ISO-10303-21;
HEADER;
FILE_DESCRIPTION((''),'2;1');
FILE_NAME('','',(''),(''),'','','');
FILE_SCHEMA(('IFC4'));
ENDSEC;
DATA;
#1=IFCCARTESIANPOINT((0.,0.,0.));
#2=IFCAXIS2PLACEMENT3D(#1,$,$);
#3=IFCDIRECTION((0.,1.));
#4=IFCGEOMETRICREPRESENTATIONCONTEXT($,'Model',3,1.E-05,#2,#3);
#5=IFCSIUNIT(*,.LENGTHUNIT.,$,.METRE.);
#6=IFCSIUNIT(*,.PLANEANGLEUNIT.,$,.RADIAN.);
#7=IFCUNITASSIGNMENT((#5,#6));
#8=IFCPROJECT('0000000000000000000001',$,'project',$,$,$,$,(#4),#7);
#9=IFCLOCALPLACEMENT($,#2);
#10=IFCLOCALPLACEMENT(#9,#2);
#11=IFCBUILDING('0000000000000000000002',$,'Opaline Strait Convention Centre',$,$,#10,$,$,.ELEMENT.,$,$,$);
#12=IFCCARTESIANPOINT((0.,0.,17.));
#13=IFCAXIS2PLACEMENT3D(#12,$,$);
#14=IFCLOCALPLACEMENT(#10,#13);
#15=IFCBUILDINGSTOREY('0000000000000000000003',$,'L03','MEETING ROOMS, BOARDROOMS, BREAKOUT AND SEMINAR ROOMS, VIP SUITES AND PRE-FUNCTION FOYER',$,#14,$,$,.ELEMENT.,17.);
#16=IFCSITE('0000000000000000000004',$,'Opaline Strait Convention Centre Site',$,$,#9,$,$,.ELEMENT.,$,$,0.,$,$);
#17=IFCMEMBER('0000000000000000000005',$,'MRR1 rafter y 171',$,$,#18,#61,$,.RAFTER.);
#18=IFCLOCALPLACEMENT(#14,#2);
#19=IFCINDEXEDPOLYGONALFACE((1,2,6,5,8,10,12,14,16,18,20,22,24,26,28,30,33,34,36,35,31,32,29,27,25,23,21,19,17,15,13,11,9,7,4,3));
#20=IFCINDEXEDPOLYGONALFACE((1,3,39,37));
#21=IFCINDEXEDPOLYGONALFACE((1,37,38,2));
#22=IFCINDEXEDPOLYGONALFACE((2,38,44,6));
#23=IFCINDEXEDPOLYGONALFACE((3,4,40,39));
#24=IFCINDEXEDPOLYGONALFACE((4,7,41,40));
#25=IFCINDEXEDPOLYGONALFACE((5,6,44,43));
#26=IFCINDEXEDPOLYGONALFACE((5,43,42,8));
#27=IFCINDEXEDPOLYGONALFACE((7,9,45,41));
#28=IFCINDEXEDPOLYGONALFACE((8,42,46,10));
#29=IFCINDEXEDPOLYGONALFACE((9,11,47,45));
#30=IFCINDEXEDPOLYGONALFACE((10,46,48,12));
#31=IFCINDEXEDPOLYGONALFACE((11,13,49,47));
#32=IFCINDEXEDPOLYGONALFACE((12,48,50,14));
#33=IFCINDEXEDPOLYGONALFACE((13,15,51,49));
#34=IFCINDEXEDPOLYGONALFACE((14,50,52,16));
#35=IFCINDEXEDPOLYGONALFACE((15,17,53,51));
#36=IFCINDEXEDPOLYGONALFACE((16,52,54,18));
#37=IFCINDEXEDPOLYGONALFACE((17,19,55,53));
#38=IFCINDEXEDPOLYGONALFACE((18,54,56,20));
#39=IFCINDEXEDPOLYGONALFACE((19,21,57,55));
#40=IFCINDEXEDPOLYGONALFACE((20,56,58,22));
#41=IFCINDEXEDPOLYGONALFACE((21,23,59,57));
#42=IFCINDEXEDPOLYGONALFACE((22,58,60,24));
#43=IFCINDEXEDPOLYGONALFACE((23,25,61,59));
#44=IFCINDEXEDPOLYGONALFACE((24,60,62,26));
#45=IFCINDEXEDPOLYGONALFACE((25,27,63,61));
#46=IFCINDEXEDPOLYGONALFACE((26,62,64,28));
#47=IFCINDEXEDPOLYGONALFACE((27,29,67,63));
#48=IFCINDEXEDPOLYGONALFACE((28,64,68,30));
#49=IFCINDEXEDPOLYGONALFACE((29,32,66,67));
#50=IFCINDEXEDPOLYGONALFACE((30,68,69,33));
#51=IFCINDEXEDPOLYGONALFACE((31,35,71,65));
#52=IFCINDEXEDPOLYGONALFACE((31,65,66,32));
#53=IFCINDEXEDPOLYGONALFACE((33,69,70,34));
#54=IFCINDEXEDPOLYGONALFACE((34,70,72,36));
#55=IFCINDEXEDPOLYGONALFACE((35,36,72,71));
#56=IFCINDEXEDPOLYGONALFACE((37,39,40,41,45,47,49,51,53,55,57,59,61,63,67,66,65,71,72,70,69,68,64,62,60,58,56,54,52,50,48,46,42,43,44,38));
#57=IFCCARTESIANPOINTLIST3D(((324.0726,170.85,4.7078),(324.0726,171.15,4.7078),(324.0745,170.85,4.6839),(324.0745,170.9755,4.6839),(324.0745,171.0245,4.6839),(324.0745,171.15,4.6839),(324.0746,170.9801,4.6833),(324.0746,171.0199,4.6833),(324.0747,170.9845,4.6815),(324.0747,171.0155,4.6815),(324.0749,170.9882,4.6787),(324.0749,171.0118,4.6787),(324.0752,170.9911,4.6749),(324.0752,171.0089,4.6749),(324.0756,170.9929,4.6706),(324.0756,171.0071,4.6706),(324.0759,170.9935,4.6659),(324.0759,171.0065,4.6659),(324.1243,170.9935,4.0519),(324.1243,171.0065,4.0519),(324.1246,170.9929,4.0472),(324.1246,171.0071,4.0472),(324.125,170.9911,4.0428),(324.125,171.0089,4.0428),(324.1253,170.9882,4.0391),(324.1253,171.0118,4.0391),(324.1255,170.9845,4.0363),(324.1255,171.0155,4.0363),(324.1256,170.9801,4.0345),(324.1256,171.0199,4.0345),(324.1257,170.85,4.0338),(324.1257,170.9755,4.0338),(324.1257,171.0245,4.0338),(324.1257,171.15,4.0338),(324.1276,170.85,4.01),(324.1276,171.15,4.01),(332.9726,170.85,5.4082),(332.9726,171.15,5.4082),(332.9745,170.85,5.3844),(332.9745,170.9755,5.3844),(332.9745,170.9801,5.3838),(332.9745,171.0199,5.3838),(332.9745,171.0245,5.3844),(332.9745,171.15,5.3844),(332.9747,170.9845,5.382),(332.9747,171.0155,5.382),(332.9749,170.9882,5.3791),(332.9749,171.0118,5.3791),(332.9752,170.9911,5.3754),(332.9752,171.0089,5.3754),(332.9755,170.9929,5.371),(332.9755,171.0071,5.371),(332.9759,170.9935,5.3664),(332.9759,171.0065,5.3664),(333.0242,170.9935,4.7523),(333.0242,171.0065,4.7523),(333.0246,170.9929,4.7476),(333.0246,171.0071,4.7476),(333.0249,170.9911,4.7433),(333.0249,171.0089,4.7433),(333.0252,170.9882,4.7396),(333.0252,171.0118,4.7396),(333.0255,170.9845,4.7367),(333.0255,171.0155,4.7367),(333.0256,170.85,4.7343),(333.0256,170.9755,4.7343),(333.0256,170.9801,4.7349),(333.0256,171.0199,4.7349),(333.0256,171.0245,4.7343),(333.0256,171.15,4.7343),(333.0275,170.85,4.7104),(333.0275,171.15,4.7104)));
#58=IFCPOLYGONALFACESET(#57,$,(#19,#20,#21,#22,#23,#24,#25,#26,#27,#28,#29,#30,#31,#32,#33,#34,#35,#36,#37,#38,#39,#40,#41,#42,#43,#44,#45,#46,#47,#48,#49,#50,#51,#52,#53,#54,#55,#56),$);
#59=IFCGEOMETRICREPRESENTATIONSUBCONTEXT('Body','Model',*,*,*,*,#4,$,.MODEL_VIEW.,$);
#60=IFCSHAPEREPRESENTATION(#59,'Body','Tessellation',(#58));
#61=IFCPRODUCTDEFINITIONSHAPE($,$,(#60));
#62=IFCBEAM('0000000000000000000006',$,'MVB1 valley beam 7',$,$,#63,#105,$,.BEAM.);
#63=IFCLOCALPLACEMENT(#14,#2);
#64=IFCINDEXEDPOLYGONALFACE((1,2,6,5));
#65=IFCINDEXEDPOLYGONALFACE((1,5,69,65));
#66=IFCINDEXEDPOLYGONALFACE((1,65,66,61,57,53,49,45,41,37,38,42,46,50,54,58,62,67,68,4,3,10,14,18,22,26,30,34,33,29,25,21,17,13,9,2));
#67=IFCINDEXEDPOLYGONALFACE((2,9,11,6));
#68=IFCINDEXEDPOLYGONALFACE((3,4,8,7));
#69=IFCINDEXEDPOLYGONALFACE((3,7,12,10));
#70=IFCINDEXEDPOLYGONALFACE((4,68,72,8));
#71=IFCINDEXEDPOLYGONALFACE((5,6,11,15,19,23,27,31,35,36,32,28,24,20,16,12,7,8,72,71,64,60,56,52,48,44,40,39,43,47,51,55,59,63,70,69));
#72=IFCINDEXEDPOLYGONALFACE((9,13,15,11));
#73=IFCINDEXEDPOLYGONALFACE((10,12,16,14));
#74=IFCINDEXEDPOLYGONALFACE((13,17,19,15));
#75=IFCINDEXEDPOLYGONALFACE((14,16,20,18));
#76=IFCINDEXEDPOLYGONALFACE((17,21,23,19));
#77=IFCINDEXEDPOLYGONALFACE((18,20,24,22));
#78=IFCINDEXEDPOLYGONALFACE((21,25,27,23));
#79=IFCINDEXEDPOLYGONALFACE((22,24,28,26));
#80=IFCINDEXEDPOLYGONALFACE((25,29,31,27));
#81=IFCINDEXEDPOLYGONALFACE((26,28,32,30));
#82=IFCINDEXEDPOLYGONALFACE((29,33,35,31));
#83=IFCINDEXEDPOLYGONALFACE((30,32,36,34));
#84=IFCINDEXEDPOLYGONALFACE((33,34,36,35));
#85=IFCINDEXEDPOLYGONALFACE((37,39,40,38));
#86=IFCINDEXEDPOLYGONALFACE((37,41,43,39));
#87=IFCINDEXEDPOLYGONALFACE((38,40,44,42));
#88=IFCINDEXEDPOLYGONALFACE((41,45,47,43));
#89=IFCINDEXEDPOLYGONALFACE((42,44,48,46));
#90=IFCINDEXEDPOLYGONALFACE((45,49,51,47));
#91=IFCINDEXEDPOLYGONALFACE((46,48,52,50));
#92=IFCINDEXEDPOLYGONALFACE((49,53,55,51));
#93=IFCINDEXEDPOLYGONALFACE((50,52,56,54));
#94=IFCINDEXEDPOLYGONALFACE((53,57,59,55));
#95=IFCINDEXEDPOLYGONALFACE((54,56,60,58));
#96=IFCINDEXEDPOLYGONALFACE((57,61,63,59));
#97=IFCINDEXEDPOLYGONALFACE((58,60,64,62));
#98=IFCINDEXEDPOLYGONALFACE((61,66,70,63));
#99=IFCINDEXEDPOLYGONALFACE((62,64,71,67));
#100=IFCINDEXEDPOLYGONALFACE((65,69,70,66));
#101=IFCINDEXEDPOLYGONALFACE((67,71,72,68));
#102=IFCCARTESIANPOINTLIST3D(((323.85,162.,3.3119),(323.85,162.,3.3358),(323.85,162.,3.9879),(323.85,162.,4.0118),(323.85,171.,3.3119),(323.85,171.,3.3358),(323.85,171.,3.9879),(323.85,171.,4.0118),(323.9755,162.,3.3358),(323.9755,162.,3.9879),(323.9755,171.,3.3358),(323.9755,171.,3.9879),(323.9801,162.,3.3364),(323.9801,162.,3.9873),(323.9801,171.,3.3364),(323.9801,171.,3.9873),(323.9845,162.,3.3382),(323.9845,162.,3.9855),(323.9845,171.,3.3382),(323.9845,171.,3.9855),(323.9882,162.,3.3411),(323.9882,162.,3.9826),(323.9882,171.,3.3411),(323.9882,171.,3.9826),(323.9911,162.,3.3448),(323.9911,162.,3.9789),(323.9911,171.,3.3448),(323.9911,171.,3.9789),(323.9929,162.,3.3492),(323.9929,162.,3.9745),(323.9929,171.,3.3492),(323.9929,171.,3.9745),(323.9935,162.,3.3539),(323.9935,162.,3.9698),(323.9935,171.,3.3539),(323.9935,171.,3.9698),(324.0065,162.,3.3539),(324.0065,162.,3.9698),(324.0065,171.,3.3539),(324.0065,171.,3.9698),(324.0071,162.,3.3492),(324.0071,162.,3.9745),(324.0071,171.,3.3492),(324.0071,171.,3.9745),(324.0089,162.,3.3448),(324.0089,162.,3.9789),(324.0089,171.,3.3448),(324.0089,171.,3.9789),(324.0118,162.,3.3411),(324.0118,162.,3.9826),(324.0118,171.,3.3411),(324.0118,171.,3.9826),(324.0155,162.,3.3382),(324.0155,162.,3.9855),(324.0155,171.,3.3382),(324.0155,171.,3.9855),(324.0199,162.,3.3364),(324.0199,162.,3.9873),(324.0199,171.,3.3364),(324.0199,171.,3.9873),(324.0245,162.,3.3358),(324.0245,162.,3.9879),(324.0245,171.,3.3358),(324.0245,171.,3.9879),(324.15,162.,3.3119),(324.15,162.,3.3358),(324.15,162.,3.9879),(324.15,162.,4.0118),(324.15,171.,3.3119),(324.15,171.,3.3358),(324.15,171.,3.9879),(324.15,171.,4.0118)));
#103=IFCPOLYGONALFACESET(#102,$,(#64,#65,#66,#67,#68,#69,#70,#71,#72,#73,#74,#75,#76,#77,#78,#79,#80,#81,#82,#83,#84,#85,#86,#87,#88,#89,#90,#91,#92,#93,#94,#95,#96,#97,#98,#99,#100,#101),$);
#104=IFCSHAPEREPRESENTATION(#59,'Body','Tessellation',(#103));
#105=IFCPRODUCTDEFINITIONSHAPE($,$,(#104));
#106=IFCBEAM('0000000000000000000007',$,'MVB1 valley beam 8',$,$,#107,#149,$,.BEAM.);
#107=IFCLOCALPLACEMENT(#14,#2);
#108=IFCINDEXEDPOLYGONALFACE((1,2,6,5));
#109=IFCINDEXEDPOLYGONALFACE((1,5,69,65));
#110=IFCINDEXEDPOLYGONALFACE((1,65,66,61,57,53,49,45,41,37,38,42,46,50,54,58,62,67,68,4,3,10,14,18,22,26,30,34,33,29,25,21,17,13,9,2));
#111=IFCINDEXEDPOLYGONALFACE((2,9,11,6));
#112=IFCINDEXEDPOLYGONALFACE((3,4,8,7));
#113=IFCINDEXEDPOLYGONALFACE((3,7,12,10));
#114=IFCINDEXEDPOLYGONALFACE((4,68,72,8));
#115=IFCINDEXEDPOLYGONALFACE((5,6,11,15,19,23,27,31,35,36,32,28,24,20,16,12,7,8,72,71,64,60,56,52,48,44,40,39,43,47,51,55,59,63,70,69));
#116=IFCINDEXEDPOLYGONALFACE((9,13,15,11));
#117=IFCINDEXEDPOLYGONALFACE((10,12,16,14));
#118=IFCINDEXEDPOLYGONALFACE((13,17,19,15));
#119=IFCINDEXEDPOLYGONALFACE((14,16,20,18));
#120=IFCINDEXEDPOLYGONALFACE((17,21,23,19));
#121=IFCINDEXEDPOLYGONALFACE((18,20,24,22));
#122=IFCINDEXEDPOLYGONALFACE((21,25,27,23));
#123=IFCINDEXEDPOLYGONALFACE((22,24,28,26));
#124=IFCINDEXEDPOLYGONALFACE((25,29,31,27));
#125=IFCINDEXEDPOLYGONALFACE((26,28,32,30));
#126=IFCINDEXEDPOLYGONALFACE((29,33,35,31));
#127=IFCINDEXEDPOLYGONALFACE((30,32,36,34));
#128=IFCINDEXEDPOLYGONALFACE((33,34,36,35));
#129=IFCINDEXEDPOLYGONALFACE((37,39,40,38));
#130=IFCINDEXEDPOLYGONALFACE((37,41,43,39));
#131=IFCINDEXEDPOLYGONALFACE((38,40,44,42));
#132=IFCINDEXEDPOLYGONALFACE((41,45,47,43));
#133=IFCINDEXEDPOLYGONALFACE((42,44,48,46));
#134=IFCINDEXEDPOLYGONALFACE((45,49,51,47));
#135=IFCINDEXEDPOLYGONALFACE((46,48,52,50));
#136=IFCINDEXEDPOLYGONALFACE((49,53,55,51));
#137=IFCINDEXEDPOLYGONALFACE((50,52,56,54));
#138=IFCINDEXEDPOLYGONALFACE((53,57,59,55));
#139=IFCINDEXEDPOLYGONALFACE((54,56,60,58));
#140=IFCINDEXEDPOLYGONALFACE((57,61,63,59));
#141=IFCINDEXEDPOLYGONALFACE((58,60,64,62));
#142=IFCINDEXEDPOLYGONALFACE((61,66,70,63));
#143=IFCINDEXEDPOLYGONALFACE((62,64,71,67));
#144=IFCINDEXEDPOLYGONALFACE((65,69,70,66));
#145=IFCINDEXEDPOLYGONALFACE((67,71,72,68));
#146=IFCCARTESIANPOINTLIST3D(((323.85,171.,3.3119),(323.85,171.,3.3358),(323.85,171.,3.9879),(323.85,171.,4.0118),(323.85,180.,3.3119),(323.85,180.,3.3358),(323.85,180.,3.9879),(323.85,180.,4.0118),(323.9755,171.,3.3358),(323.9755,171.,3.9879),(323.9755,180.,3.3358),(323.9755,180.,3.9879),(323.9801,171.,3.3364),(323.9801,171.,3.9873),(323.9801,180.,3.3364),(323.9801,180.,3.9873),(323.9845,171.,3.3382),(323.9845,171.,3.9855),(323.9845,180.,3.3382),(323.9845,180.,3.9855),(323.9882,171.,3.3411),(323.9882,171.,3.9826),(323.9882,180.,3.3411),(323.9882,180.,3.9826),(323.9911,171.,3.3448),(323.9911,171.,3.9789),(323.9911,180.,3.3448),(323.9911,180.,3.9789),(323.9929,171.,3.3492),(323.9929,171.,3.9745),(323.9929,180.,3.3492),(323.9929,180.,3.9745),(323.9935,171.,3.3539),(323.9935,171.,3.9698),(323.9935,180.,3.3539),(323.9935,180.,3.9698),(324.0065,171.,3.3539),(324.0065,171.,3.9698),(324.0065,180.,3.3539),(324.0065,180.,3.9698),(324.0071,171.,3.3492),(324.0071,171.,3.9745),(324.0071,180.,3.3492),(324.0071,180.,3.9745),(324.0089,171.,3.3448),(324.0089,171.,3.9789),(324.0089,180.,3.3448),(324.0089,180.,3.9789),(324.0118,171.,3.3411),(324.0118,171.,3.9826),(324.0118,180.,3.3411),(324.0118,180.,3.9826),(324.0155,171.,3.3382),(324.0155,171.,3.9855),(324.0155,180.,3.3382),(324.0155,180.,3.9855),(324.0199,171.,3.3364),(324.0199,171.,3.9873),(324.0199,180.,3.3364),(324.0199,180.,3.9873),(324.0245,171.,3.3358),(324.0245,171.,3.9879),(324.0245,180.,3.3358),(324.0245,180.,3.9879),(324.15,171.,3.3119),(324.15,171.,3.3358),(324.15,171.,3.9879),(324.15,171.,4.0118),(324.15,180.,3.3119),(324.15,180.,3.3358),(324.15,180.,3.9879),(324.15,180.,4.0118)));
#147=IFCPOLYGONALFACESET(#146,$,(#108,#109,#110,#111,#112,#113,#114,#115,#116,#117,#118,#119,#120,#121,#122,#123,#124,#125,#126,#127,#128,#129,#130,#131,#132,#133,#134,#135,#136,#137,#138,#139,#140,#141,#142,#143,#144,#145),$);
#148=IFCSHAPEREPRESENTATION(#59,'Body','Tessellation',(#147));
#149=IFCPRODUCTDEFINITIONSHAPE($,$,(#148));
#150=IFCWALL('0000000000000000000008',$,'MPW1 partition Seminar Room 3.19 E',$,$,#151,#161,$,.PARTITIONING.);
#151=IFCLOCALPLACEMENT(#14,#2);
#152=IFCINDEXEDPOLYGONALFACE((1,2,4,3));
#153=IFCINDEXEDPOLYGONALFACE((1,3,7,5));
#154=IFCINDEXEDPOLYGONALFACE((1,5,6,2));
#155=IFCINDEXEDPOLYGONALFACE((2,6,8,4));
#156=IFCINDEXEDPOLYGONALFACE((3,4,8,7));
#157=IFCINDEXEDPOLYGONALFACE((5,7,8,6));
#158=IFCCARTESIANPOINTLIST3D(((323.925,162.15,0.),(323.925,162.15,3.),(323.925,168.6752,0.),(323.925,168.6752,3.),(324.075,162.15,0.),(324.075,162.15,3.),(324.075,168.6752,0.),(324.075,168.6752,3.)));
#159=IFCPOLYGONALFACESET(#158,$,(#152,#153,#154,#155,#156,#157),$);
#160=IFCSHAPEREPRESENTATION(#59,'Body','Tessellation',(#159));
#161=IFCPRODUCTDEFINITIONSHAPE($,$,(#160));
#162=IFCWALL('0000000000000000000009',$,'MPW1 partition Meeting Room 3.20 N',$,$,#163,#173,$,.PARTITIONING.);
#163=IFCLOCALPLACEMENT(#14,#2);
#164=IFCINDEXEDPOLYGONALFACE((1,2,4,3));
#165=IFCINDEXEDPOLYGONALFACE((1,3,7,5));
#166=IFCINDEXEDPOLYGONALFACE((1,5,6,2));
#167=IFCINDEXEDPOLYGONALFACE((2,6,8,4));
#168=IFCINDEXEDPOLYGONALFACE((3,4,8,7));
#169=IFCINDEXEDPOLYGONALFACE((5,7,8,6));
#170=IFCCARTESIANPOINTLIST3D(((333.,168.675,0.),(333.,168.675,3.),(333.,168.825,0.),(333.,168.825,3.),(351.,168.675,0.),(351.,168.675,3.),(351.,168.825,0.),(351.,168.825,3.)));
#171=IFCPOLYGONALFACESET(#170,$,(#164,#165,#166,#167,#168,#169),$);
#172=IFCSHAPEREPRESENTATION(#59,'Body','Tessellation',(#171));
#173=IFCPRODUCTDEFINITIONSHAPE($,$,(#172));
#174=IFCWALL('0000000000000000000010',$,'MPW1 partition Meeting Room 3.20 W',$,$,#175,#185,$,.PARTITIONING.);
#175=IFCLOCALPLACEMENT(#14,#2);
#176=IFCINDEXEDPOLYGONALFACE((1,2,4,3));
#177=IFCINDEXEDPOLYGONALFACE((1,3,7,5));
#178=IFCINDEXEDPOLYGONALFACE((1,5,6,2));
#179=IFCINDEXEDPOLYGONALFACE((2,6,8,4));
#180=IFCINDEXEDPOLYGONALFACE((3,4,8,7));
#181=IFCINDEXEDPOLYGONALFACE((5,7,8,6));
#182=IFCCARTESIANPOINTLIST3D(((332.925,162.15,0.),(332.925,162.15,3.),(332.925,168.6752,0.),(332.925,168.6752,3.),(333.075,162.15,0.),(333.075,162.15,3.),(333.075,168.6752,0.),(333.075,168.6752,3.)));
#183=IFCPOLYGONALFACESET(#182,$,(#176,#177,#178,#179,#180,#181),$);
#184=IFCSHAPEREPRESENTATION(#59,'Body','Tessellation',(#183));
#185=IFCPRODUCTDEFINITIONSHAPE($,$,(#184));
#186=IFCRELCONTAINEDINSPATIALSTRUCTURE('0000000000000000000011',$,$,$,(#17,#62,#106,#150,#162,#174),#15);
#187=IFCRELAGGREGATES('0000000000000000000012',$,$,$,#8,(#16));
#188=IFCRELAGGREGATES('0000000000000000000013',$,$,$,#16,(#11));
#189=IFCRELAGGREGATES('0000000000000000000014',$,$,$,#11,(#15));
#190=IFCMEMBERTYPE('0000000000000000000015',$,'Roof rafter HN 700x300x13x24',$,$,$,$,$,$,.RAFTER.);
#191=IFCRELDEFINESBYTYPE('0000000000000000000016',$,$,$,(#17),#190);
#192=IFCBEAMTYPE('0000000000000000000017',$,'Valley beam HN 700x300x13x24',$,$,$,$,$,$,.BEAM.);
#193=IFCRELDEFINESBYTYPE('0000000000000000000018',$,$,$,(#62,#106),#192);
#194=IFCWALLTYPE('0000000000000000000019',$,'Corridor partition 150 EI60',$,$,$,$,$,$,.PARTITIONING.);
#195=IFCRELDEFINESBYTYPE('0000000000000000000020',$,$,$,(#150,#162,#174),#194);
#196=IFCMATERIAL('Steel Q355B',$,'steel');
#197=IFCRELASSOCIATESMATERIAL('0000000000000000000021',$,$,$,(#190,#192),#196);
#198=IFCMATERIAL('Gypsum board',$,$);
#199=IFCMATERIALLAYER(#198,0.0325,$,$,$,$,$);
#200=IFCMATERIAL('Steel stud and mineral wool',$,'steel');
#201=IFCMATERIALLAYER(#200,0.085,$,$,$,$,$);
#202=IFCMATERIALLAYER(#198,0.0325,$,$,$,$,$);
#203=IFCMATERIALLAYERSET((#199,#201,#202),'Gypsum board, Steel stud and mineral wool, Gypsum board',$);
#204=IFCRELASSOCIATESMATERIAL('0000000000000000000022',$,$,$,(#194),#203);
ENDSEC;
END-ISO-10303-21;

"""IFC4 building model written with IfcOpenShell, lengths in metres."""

from ifc_helpers import new_model, si_unit, direction, frame, frame_2d, origin, origin_2d, place, context, subcontext, project, spatial, rectangle, i_section, extrude, material, layer, layer_set, material_profile, profile_set, type_object, element, save


model = new_model("IFC4")

# Units and contexts
model_context = context("Model", 3, precision=1e-05, world=origin(), true_north=direction((0.0, 1.0)))
body_context = subcontext(model_context, "Body", "Model", "MODEL_VIEW")
ifc_project = project(units=[si_unit("LENGTHUNIT", "METRE"), si_unit("PLANEANGLEUNIT", "RADIAN")], contexts=[model_context])

# Site, building, storey
site_placement = place(None, origin())
site = spatial("IfcSite", under=ifc_project, at=site_placement, Name="Opaline Strait Convention Centre Site", CompositionType="ELEMENT", RefElevation=0.0)
building_placement = place(site_placement, origin())
building = spatial("IfcBuilding", under=site, at=building_placement, Name="Opaline Strait Convention Centre", CompositionType="ELEMENT")
storey_placement = place(building_placement, frame((0.0, 0.0, 17.0)))
storey = spatial("IfcBuildingStorey", under=building, at=storey_placement, Name="L03", Description="MEETING ROOMS, BOARDROOMS, BREAKOUT AND SEMINAR ROOMS, VIP SUITES AND PRE-FUNCTION FOYER", CompositionType="ELEMENT", Elevation=17.0)

# Shared definitions
ifc_material_1 = material(Name="Steel Q355B", Category="steel")

# Member
ifc_material_profile_1 = material_profile(ifc_material_1, i_section(OverallWidth=0.3, OverallDepth=0.7, WebThickness=0.0129, FlangeThickness=0.0239, FilletRadius=0.0181, at=origin_2d()), Name="HN 700x300x13x24")
ifc_profile_set_1 = profile_set([ifc_material_profile_1], Name="Steel Q355B")
member_type_1 = type_object("IfcMemberType", Name="Roof rafter HN 700x300x13x24", PredefinedType="RAFTER", material=ifc_profile_set_1)
member_1_placement = place(storey_placement, frame((324.1001, 171.0, 4.3589), z_axis=(0.996917, 0.0, 0.078459), x_axis=(0.0, 1.0, 0.0)))
element("IfcMember", 1, at=member_1_placement, inside=storey, type_object=member_type_1, Name="MRR1 rafter y 171", PredefinedType="RAFTER", context=body_context, shape_type="SweptSolid", body=[
    extrude(i_section(OverallWidth=0.3, OverallDepth=0.7, WebThickness=0.0129, FlangeThickness=0.0239, FilletRadius=0.0181, at=origin_2d()), origin(), (0.0, 0.0, 1.0), 8.9275),
])

# Beams
ifc_material_profile_2 = material_profile(ifc_material_1, i_section(OverallWidth=0.3, OverallDepth=0.7, WebThickness=0.0129, FlangeThickness=0.0239, FilletRadius=0.0181, at=origin_2d()), Name="HN 700x300x13x24")
ifc_profile_set_2 = profile_set([ifc_material_profile_2], Name="Steel Q355B")
beam_type = type_object("IfcBeamType", Name="Valley beam HN 700x300x13x24", PredefinedType="BEAM", material=ifc_profile_set_2)
for number, where, z_axis, x_axis, name in (
    (2, (324.0, 162.0, 3.6619), (0.0, 1.0, 0.0), (-1.0, 0.0, 0.0), "MVB1 valley beam 7"),
    (3, (324.0, 171.0, 3.6619), (0.0, 1.0, 0.0), (-1.0, 0.0, 0.0), "MVB1 valley beam 8"),
):
    element("IfcBeam", number, at=place(storey_placement, frame(where, z_axis=z_axis, x_axis=x_axis)), inside=storey, type_object=beam_type, Name=name, PredefinedType="BEAM", context=body_context, shape_type="SweptSolid", body=[
        extrude(i_section(OverallWidth=0.3, OverallDepth=0.7, WebThickness=0.0129, FlangeThickness=0.0239, FilletRadius=0.0181, at=origin_2d()), origin(), (0.0, 0.0, 1.0), 9.0),
    ])

# Wall
ifc_material_2 = material(Name="Gypsum board")
ifc_layer_1 = layer(ifc_material_2, 0.0325)
ifc_material_3 = material(Name="Steel stud and mineral wool", Category="steel")
ifc_layer_2 = layer(ifc_material_3, 0.085)
ifc_layer_3 = layer(ifc_material_2, 0.0325)
ifc_layer_set_1 = layer_set([ifc_layer_1, ifc_layer_2, ifc_layer_3], Name="Gypsum board, Steel stud and mineral wool, Gypsum board")
wall_type = type_object("IfcWallType", Name="Corridor partition 150 EI60", PredefinedType="PARTITIONING", material=ifc_layer_set_1)
wall_1_placement = place(storey_placement, frame((324.0, 162.1499, 0.0), z_axis=(0.0, 0.0, 1.0), x_axis=(0.0, 1.0, 0.0)))
element("IfcWall", 4, at=wall_1_placement, inside=storey, type_object=wall_type, Name="MPW1 partition Seminar Room 3.19 E", PredefinedType="PARTITIONING", context=body_context, shape_type="SweptSolid", body=[
    extrude(rectangle(XDim=6.5251, YDim=0.1499, at=frame_2d((3.2627, 0.0))), origin(), (0.0, 0.0, 1.0), 3.0),
])

# Walls
wall_2_placement = place(storey_placement, frame((333.0, 168.75, 0.0), z_axis=(0.0, 0.0, 1.0), x_axis=(1.0, 0.0, 0.0)))
element("IfcWall", 5, at=wall_2_placement, inside=storey, type_object=wall_type, Name="MPW1 partition Meeting Room 3.20 N", PredefinedType="PARTITIONING", context=body_context, shape_type="SweptSolid", body=[
    extrude(rectangle(XDim=18.0, YDim=0.1499, at=frame_2d((9.0, 0.0))), origin(), (0.0, 0.0, 1.0), 3.0),
])
wall_3_placement = place(storey_placement, frame((333.0, 162.1499, 0.0), z_axis=(0.0, 0.0, 1.0), x_axis=(0.0, 1.0, 0.0)))
element("IfcWall", 6, at=wall_3_placement, inside=storey, type_object=wall_type, Name="MPW1 partition Meeting Room 3.20 W", PredefinedType="PARTITIONING", context=body_context, shape_type="SweptSolid", body=[
    extrude(rectangle(XDim=6.5251, YDim=0.1499, at=frame_2d((3.2627, 0.0))), origin(), (0.0, 0.0, 1.0), 3.0),
])

save(model, "model.ifc")
